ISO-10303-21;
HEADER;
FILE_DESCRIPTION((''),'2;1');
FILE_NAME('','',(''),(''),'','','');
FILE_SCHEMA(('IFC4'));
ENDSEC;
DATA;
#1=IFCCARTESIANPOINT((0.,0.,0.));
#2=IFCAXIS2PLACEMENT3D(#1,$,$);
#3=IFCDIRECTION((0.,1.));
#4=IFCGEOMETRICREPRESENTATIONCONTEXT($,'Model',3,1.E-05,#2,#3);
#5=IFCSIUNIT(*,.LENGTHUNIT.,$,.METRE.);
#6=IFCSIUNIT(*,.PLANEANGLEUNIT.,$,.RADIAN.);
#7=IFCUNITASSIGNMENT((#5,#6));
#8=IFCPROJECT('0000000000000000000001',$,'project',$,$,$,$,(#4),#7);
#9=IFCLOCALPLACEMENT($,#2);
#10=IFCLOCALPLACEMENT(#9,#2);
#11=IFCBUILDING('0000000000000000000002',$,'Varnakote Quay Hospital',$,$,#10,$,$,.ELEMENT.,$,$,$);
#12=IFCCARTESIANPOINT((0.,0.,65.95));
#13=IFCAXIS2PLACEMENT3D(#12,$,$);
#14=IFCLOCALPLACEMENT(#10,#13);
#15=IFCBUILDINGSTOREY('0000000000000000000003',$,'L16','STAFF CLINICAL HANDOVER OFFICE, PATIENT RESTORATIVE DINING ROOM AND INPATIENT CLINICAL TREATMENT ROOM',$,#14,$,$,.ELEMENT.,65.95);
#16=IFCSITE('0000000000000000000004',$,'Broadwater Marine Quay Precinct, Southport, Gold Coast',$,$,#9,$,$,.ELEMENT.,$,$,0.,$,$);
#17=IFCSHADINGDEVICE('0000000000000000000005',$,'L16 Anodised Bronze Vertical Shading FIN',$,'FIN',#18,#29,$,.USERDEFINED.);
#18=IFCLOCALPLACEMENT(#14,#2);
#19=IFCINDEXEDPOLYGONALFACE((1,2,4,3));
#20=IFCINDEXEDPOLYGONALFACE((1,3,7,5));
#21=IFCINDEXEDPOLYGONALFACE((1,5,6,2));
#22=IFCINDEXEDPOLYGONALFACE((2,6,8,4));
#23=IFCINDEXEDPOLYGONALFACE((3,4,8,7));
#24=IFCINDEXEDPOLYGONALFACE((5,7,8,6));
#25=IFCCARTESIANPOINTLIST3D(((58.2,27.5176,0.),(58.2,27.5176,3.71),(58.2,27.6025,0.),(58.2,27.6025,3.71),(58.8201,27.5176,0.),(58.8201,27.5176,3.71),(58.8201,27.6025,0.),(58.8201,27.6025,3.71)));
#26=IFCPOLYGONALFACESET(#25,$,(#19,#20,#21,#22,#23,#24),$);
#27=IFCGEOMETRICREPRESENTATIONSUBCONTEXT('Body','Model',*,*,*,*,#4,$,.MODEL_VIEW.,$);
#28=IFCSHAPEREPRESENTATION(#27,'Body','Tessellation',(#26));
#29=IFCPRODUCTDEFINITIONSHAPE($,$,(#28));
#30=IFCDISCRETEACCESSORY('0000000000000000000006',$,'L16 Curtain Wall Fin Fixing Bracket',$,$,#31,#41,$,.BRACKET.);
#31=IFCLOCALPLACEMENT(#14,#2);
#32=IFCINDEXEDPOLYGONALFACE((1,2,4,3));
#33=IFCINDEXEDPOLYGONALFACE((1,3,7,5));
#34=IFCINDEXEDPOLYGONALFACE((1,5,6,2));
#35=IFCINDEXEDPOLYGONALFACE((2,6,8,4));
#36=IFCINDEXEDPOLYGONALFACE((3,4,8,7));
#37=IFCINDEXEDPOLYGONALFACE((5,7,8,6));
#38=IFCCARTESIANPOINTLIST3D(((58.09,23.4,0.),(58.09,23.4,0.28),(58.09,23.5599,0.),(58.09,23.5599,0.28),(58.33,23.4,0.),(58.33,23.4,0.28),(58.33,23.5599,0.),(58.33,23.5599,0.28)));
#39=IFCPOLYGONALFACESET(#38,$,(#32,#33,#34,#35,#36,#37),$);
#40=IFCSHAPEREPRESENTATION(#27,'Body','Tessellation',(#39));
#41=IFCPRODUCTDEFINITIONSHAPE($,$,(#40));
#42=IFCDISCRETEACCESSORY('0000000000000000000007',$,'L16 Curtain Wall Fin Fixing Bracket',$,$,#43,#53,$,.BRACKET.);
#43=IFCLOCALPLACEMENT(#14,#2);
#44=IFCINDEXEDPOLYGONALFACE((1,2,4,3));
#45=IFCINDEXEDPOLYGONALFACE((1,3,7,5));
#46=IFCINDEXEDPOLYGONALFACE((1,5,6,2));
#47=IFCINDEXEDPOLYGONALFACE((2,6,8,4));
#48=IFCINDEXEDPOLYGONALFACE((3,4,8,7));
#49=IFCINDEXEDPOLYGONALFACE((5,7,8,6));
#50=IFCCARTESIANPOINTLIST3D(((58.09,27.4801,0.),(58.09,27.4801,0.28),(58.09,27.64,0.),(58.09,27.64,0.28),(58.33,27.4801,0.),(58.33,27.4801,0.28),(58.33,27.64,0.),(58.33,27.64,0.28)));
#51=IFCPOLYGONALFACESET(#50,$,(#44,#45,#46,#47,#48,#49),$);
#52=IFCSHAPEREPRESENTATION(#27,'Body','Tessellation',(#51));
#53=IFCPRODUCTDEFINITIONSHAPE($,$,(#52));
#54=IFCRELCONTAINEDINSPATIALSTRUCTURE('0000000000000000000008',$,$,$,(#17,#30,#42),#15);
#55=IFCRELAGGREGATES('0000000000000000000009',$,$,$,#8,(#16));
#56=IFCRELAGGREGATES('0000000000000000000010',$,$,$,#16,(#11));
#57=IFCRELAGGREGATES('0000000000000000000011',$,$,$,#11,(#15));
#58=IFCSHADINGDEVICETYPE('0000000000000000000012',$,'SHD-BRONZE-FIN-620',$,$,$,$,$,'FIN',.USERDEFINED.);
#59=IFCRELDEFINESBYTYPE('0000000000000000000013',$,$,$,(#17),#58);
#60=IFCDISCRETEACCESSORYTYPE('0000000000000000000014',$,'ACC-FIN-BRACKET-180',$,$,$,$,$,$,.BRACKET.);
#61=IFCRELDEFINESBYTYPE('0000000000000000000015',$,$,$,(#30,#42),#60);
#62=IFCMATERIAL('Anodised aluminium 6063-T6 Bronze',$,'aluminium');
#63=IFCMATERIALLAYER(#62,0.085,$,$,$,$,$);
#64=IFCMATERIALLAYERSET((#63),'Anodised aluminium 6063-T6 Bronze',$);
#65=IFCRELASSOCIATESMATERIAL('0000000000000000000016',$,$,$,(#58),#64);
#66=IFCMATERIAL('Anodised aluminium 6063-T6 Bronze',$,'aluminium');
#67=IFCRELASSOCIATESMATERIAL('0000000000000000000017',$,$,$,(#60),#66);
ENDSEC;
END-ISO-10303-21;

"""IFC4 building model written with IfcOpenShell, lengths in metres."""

from ifc_helpers import new_model, si_unit, direction, frame, origin, origin_2d, place, context, subcontext, project, spatial, rectangle, extrude, material, layer, layer_set, type_object, element, save


model = new_model("IFC4")

# Units and contexts
model_context = context("Model", 3, precision=1e-05, world=origin(), true_north=direction((0.0, 1.0)))
body_context = subcontext(model_context, "Body", "Model", "MODEL_VIEW")
ifc_project = project(units=[si_unit("LENGTHUNIT", "METRE"), si_unit("PLANEANGLEUNIT", "RADIAN")], contexts=[model_context])

# Site, building, storey
site_placement = place(None, origin())
site = spatial("IfcSite", under=ifc_project, at=site_placement, Name="Broadwater Marine Quay Precinct, Southport, Gold Coast", CompositionType="ELEMENT", RefElevation=0.0)
building_placement = place(site_placement, origin())
building = spatial("IfcBuilding", under=site, at=building_placement, Name="Varnakote Quay Hospital", CompositionType="ELEMENT")
storey_placement = place(building_placement, frame((0.0, 0.0, 65.95)))
storey = spatial("IfcBuildingStorey", under=building, at=storey_placement, Name="L16", Description="STAFF CLINICAL HANDOVER OFFICE, PATIENT RESTORATIVE DINING ROOM AND INPATIENT CLINICAL TREATMENT ROOM", CompositionType="ELEMENT", Elevation=65.95)

# Shading device
ifc_material_1 = material(Name="Anodised aluminium 6063-T6 Bronze", Category="aluminium")
ifc_layer_1 = layer(ifc_material_1, 0.085)
ifc_layer_set_1 = layer_set([ifc_layer_1], Name="Anodised aluminium 6063-T6 Bronze")
shading_device_type = type_object("IfcShadingDeviceType", Name="SHD-BRONZE-FIN-620", ElementType="FIN", PredefinedType="USERDEFINED", material=ifc_layer_set_1)
for number, where, z_axis, x_axis, name in (
    (1, (58.51, 27.5601, 0.0), (0.0, 0.0, 1.0), (-1.0, 0.0, 0.0), "L16 Anodised Bronze Vertical Shading FIN"),
):
    element("IfcShadingDevice", number, at=place(storey_placement, frame(where, z_axis=z_axis, x_axis=x_axis)), inside=storey, type_object=shading_device_type, Name=name, ObjectType="FIN", PredefinedType="USERDEFINED", context=body_context, shape_type="SweptSolid", body=[
        extrude(rectangle(XDim=0.6201, YDim=0.085, at=origin_2d()), origin(), (0.0, 0.0, 1.0), 3.71),
    ])

# Discrete accessories
ifc_material_2 = material(Name="Anodised aluminium 6063-T6 Bronze", Category="aluminium")
discrete_accessory_type = type_object("IfcDiscreteAccessoryType", Name="ACC-FIN-BRACKET-180", PredefinedType="BRACKET", material=ifc_material_2)
for number, where, z_axis, x_axis, name in (
    (2, (58.21, 23.48, 0.0), (0.0, 0.0, 1.0), (0.0, 1.0, 0.0), "L16 Curtain Wall Fin Fixing Bracket"),
    (3, (58.21, 27.5601, 0.0), (0.0, 0.0, 1.0), (0.0, 1.0, 0.0), "L16 Curtain Wall Fin Fixing Bracket"),
):
    element("IfcDiscreteAccessory", number, at=place(storey_placement, frame(where, z_axis=z_axis, x_axis=x_axis)), inside=storey, type_object=discrete_accessory_type, Name=name, PredefinedType="BRACKET", context=body_context, shape_type="SweptSolid", body=[
        extrude(rectangle(XDim=0.1599, YDim=0.24, at=origin_2d()), origin(), (0.0, 0.0, 1.0), 0.28),
    ])

save(model, "model.ifc")
